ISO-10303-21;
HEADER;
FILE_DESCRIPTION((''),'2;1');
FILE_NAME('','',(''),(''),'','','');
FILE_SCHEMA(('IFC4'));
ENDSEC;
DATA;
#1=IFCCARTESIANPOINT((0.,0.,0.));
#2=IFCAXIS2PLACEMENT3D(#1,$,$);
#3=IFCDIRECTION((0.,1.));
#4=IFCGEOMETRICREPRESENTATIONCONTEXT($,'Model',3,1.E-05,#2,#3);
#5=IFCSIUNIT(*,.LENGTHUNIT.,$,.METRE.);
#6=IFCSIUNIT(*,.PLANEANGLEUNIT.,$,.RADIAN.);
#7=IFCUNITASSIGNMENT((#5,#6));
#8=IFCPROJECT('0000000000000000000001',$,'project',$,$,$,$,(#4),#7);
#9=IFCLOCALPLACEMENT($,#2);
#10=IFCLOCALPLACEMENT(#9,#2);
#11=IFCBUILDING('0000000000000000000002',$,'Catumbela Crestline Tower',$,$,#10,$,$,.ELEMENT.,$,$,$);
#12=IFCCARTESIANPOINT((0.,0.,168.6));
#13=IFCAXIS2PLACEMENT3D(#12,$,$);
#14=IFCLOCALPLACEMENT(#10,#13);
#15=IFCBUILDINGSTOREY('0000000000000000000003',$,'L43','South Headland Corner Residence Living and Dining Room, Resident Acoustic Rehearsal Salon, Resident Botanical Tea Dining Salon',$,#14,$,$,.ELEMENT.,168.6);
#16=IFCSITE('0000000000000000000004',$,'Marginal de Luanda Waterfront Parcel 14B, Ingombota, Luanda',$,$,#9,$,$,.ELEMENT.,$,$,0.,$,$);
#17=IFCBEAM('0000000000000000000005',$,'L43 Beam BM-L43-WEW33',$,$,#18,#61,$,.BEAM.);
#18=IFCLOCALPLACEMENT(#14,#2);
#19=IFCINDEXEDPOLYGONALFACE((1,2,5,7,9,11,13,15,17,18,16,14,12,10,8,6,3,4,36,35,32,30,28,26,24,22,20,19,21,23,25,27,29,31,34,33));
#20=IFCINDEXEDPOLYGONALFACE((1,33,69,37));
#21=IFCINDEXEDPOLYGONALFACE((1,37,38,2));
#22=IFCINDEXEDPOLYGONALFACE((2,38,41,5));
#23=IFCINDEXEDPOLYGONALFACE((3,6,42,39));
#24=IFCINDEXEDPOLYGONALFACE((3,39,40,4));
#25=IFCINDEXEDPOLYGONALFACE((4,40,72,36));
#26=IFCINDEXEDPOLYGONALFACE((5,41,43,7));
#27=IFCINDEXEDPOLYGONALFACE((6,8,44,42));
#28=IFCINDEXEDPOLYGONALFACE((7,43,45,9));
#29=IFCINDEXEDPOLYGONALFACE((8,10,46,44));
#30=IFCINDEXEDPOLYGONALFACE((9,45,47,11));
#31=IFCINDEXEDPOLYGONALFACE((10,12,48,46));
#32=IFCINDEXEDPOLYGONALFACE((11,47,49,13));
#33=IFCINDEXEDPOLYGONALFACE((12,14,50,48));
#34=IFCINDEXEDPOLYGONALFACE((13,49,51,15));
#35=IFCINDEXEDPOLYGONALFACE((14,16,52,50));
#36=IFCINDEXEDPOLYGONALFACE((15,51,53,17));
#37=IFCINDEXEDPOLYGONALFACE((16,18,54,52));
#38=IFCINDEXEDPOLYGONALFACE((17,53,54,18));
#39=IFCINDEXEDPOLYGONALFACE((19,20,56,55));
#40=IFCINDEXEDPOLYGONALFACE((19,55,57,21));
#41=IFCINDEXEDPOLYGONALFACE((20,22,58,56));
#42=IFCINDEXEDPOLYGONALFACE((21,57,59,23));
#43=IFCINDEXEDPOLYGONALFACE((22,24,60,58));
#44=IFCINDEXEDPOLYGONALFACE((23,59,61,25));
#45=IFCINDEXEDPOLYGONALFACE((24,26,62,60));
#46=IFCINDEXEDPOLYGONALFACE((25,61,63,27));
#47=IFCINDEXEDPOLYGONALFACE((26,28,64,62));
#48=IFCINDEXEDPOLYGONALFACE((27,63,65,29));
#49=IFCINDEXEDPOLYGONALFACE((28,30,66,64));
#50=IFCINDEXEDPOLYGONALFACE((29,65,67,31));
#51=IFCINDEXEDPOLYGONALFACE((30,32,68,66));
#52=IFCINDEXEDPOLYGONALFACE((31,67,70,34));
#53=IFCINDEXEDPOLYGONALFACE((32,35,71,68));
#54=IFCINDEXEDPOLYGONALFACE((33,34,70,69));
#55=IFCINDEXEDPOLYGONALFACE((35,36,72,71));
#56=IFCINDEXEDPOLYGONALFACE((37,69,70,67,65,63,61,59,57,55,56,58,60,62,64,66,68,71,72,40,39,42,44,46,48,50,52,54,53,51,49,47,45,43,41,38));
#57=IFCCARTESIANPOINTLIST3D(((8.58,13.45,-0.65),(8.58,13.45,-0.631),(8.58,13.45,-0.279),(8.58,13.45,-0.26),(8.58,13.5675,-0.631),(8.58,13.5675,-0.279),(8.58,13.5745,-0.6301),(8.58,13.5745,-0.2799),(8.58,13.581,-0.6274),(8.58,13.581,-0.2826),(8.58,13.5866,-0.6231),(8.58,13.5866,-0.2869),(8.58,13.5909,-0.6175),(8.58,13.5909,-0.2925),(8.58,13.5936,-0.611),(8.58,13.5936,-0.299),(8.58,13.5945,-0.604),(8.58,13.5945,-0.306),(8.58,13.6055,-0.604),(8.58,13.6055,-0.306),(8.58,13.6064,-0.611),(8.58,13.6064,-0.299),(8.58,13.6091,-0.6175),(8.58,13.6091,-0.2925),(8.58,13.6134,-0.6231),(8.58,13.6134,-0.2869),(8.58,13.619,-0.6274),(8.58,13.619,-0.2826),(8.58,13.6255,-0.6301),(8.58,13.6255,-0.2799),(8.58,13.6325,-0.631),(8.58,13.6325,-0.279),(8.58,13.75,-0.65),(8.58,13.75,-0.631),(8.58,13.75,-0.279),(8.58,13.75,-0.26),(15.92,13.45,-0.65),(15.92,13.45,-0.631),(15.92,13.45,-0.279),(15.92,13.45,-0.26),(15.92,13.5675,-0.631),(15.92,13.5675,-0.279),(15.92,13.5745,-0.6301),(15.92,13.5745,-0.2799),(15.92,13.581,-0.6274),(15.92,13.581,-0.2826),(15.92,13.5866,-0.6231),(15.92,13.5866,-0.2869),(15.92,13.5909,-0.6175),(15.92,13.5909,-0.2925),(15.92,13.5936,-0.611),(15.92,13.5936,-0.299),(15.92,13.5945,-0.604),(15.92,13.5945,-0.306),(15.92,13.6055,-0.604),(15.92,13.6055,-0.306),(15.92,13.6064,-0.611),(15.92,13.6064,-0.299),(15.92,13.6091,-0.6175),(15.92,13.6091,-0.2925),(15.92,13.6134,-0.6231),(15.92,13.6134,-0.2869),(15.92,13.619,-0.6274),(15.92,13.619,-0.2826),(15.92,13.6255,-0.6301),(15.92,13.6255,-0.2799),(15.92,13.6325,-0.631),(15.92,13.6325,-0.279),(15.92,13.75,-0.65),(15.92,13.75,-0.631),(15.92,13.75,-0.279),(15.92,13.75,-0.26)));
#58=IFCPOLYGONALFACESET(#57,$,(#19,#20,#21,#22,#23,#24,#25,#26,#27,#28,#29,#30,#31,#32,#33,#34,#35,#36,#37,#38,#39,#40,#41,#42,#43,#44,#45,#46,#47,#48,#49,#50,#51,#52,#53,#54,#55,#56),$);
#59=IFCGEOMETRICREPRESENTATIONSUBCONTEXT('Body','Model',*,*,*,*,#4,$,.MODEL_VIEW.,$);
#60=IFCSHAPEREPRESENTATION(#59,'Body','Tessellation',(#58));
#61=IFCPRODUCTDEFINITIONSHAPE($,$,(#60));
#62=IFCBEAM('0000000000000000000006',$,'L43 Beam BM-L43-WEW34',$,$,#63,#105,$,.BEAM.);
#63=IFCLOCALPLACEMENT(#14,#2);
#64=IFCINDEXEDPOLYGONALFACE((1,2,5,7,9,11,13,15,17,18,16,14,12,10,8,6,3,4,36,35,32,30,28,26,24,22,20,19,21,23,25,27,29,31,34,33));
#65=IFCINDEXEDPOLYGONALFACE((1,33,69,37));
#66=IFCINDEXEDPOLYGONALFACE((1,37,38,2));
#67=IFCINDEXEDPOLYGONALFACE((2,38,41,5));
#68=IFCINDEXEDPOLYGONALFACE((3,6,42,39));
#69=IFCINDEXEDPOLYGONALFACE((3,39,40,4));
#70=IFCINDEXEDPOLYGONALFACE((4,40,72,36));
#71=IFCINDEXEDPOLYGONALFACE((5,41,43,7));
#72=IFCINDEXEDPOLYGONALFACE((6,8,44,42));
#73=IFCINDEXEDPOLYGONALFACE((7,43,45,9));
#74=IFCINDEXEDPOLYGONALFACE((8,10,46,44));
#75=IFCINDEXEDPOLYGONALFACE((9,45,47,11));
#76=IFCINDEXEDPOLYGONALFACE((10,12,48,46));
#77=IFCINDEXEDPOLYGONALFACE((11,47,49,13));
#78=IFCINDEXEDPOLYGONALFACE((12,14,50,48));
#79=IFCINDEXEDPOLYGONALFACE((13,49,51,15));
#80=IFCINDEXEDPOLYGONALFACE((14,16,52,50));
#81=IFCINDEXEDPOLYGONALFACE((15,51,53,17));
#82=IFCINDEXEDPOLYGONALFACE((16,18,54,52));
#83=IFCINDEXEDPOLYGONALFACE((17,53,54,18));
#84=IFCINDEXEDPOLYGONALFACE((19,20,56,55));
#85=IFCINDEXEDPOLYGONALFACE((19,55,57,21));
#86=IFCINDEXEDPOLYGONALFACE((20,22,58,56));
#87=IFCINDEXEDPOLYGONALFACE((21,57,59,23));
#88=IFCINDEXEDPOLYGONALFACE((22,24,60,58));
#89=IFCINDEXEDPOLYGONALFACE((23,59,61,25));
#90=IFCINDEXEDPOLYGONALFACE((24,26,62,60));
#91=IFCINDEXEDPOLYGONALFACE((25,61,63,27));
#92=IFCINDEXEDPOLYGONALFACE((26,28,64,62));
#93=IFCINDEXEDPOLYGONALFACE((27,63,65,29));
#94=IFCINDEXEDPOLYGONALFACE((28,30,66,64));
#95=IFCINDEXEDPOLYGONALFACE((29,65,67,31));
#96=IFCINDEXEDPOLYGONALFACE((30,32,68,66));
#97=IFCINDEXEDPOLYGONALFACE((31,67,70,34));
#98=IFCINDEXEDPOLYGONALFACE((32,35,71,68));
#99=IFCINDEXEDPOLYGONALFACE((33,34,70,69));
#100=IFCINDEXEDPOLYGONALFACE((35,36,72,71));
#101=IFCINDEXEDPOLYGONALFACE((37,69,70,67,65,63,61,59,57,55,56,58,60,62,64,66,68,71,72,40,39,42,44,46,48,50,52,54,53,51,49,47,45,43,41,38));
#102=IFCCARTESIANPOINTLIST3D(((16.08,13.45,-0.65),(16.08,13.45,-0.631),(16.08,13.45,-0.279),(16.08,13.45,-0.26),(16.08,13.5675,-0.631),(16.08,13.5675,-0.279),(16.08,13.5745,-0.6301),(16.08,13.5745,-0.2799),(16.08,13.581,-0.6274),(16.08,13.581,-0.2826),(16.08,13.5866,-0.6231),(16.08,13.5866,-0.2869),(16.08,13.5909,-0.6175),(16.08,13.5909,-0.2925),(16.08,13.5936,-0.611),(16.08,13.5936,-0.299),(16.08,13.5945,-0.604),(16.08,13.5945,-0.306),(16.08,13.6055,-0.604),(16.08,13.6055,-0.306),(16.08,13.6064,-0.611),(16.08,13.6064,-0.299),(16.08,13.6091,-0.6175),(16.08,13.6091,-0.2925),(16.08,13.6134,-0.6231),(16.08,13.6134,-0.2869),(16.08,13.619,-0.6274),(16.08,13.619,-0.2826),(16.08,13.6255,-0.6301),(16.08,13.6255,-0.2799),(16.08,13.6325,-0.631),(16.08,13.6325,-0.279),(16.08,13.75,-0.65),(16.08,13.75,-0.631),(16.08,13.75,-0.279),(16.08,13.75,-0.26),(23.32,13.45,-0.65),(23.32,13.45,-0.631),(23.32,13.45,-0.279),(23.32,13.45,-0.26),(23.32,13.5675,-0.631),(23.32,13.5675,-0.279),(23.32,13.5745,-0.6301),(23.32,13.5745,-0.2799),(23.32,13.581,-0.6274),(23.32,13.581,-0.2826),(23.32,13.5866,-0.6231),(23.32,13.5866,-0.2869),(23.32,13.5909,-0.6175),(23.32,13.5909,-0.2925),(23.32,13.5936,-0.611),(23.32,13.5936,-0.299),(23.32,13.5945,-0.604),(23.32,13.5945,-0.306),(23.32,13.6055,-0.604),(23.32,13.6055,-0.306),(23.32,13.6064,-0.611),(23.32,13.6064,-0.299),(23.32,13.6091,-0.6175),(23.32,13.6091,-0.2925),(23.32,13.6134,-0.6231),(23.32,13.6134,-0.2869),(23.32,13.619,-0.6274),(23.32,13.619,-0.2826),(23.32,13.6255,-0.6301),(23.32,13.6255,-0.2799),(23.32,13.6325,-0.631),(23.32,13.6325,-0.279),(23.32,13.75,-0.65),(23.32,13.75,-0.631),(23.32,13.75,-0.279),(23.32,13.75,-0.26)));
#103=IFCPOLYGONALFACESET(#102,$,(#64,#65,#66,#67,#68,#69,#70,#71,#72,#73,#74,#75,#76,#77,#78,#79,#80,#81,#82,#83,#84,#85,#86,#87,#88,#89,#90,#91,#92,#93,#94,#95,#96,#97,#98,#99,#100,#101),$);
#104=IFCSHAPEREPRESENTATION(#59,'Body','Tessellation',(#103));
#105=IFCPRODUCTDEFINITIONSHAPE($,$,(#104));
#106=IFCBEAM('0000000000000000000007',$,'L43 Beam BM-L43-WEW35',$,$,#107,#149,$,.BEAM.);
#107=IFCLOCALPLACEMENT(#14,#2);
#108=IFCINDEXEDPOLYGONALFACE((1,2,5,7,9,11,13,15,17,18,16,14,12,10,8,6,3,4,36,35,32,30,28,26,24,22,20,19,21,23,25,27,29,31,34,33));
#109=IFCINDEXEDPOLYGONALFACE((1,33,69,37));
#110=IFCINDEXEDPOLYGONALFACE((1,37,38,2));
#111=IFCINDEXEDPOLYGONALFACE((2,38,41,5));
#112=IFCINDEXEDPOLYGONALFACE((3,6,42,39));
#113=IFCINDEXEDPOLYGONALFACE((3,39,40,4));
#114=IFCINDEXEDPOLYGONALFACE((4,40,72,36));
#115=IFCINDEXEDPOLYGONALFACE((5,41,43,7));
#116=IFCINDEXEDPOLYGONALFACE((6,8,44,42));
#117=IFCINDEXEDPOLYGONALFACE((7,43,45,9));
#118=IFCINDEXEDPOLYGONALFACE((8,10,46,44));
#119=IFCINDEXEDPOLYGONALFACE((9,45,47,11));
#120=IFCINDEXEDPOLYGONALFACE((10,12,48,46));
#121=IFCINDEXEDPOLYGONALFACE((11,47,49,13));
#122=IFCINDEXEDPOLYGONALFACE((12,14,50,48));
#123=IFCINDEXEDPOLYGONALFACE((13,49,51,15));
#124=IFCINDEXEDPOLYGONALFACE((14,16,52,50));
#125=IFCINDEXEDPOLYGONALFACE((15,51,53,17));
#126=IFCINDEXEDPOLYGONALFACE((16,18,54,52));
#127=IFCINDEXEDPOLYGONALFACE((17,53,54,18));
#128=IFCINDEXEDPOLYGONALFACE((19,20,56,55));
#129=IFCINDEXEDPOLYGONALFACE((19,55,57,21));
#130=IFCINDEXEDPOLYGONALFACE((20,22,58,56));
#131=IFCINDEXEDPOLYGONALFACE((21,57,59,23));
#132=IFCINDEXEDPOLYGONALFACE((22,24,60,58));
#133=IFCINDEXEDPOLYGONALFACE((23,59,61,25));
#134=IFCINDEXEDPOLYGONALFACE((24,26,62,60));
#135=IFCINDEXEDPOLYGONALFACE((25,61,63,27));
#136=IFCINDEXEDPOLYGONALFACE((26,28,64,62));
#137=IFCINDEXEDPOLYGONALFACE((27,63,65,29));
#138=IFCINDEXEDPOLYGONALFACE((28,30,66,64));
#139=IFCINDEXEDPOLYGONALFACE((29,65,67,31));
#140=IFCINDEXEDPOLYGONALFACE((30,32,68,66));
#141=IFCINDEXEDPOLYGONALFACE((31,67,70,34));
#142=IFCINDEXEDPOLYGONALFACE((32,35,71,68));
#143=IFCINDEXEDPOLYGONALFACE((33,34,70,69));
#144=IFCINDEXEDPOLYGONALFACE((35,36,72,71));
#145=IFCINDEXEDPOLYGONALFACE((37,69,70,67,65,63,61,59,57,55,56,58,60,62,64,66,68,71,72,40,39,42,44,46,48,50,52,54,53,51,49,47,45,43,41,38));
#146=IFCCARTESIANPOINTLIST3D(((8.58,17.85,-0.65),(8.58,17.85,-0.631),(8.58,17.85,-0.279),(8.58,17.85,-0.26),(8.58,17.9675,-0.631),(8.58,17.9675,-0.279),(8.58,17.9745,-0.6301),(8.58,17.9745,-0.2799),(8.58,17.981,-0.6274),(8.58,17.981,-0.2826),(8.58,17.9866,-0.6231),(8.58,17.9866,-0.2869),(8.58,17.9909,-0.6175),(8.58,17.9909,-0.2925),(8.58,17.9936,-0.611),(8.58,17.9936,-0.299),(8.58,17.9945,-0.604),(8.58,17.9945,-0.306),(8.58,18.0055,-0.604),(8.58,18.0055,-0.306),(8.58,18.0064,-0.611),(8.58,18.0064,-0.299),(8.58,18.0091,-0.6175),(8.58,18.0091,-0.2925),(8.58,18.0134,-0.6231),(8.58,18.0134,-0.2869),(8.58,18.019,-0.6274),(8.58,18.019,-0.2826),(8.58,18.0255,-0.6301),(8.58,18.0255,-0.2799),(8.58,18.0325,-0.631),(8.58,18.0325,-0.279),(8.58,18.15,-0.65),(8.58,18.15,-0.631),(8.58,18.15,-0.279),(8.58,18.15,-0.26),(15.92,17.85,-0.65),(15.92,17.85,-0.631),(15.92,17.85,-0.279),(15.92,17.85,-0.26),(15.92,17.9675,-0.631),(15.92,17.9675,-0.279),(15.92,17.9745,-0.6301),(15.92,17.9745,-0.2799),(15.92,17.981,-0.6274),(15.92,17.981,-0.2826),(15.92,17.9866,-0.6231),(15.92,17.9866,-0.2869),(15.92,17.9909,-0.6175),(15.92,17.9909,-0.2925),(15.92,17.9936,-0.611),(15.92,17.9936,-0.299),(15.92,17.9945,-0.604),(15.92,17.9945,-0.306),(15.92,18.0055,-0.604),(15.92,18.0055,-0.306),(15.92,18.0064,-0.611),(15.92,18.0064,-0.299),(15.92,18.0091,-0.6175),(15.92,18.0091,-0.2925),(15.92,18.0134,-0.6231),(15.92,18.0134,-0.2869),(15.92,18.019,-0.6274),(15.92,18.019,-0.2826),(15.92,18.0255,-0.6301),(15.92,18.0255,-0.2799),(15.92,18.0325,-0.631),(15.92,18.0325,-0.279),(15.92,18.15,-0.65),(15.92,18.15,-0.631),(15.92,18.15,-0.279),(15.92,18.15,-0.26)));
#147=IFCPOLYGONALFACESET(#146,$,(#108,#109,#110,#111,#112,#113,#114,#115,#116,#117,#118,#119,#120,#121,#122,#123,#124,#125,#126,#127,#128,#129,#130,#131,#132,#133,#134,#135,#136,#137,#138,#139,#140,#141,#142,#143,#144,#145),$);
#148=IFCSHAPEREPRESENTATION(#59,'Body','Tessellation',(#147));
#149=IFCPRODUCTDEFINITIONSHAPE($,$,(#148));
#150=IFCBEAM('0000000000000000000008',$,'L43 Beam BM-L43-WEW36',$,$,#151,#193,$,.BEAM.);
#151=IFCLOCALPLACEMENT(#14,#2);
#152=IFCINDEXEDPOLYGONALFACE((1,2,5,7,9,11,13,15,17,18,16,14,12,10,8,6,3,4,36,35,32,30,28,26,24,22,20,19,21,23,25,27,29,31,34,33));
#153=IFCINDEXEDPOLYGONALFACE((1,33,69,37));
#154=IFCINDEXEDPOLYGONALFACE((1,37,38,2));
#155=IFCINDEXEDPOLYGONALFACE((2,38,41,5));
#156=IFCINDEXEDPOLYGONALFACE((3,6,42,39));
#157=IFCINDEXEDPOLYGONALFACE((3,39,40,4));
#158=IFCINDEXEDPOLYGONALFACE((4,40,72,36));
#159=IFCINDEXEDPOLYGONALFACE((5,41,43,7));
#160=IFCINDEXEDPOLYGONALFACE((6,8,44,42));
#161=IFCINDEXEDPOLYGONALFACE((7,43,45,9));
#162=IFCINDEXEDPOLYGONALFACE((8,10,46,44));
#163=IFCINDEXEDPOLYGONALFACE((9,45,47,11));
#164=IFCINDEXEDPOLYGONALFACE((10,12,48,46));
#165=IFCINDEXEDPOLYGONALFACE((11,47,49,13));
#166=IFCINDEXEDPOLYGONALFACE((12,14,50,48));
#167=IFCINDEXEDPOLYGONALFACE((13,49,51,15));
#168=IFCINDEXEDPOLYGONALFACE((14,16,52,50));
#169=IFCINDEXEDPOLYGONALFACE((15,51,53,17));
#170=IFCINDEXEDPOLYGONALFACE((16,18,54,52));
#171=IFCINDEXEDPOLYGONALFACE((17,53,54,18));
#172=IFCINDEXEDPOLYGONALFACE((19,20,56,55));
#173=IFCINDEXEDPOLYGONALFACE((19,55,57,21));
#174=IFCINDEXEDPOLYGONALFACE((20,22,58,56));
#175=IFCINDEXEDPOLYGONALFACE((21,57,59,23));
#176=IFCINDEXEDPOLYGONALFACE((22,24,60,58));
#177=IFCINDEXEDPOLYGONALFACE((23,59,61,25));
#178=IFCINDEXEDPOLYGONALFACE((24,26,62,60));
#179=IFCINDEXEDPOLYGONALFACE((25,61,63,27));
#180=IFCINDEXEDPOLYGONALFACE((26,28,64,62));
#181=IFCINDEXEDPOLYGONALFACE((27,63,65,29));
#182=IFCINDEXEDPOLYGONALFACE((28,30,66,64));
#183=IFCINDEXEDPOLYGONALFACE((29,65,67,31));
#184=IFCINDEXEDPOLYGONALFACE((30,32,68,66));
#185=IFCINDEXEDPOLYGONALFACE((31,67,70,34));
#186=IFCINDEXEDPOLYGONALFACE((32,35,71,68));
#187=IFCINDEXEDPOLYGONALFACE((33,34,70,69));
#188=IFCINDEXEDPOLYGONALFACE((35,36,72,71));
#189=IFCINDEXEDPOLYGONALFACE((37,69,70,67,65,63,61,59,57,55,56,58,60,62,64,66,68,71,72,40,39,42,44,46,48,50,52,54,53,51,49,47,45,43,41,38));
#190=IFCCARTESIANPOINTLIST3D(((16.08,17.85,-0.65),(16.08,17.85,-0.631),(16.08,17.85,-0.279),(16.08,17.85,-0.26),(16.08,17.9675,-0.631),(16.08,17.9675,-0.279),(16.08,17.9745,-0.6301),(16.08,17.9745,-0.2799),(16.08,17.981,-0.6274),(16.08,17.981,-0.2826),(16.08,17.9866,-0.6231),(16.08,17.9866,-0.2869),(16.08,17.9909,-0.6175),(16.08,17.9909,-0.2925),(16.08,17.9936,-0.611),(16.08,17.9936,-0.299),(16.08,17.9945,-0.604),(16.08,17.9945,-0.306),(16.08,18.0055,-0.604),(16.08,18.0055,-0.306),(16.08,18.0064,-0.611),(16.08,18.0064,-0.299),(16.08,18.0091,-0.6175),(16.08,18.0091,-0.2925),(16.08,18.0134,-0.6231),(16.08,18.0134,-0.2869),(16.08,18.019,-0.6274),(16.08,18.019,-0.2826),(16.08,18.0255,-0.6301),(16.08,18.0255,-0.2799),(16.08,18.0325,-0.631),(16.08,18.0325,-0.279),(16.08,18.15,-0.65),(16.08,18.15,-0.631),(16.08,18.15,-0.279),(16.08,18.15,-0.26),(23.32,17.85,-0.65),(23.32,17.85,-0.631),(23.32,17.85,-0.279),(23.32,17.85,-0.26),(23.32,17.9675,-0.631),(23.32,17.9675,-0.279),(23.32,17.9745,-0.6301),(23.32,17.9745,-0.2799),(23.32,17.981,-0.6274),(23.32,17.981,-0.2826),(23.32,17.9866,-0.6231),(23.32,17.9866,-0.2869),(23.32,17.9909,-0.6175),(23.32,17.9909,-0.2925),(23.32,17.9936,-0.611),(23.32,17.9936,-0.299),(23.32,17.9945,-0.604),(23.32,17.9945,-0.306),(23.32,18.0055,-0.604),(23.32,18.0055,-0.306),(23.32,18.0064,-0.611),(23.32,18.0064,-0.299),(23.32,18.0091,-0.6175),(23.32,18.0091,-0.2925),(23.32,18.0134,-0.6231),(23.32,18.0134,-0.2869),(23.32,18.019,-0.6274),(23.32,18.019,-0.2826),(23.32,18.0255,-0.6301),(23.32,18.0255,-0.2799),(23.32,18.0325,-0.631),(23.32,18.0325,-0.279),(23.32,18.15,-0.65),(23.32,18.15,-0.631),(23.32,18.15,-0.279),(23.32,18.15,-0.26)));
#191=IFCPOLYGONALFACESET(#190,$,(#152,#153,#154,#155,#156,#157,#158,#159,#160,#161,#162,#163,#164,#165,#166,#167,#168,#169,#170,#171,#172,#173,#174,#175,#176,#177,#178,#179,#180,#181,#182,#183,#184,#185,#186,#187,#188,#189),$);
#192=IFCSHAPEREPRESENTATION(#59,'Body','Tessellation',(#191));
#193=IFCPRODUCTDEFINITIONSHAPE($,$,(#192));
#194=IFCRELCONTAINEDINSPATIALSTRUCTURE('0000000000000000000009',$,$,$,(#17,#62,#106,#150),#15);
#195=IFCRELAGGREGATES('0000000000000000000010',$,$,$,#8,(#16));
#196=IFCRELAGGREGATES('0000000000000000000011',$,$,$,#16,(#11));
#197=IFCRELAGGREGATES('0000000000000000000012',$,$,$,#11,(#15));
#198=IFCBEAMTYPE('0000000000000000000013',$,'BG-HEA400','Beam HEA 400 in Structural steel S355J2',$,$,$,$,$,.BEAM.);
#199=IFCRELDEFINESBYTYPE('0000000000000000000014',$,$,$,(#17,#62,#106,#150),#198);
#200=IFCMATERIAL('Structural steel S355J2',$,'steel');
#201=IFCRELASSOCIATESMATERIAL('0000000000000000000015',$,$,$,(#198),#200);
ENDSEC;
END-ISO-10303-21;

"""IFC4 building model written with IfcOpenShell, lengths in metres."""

from ifc_helpers import new_model, si_unit, direction, frame, origin, origin_2d, place, context, subcontext, project, spatial, i_section, extrude, material, material_profile, profile_set, type_object, element, save


model = new_model("IFC4")

# Units and contexts
model_context = context("Model", 3, precision=1e-05, world=origin(), true_north=direction((0.0, 1.0)))
body_context = subcontext(model_context, "Body", "Model", "MODEL_VIEW")
ifc_project = project(units=[si_unit("LENGTHUNIT", "METRE"), si_unit("PLANEANGLEUNIT", "RADIAN")], contexts=[model_context])

# Site, building, storey
site_placement = place(None, origin())
site = spatial("IfcSite", under=ifc_project, at=site_placement, Name="Marginal de Luanda Waterfront Parcel 14B, Ingombota, Luanda", CompositionType="ELEMENT", RefElevation=0.0)
building_placement = place(site_placement, origin())
building = spatial("IfcBuilding", under=site, at=building_placement, Name="Catumbela Crestline Tower", CompositionType="ELEMENT")
storey_placement = place(building_placement, frame((0.0, 0.0, 168.6)))
storey = spatial("IfcBuildingStorey", under=building, at=storey_placement, Name="L43", Description="South Headland Corner Residence Living and Dining Room, Resident Acoustic Rehearsal Salon, Resident Botanical Tea Dining Salon", CompositionType="ELEMENT", Elevation=168.6)

# Shared definitions
ifc_material_1 = material(Name="Structural steel S355J2", Category="steel")

# Beams
ifc_material_profile_1 = material_profile(ifc_material_1, i_section(OverallWidth=0.3, OverallDepth=0.39, WebThickness=0.011, FlangeThickness=0.019, FilletRadius=0.027, at=origin_2d()), Name="HEA 400")
ifc_profile_set_1 = profile_set([ifc_material_profile_1], Name="Structural steel S355J2")
beam_type_1 = type_object("IfcBeamType", Name="BG-HEA400", Description="Beam HEA 400 in Structural steel S355J2", PredefinedType="BEAM", material=ifc_profile_set_1)
beam_1_placement = place(storey_placement, frame((8.58, 13.6, -0.455), z_axis=(1.0, 0.0, 0.0), x_axis=(0.0, 1.0, 0.0)))
element("IfcBeam", 1, at=beam_1_placement, inside=storey, type_object=beam_type_1, Name="L43 Beam BM-L43-WEW33", PredefinedType="BEAM", context=body_context, shape_type="SweptSolid", body=[
    extrude(i_section(OverallWidth=0.3, OverallDepth=0.39, WebThickness=0.011, FlangeThickness=0.019, FilletRadius=0.027, at=origin_2d()), origin(), (0.0, 0.0, 1.0), 7.34),
])
beam_2_placement = place(storey_placement, frame((16.08, 13.6, -0.455), z_axis=(1.0, 0.0, 0.0), x_axis=(0.0, 1.0, 0.0)))
element("IfcBeam", 2, at=beam_2_placement, inside=storey, type_object=beam_type_1, Name="L43 Beam BM-L43-WEW34", PredefinedType="BEAM", context=body_context, shape_type="SweptSolid", body=[
    extrude(i_section(OverallWidth=0.3, OverallDepth=0.39, WebThickness=0.011, FlangeThickness=0.019, FilletRadius=0.027, at=origin_2d()), origin(), (0.0, 0.0, 1.0), 7.24),
])
beam_3_placement = place(storey_placement, frame((8.58, 18.0, -0.455), z_axis=(1.0, 0.0, 0.0), x_axis=(0.0, 1.0, 0.0)))
element("IfcBeam", 3, at=beam_3_placement, inside=storey, type_object=beam_type_1, Name="L43 Beam BM-L43-WEW35", PredefinedType="BEAM", context=body_context, shape_type="SweptSolid", body=[
    extrude(i_section(OverallWidth=0.3, OverallDepth=0.39, WebThickness=0.011, FlangeThickness=0.019, FilletRadius=0.027, at=origin_2d()), origin(), (0.0, 0.0, 1.0), 7.34),
])
beam_4_placement = place(storey_placement, frame((16.08, 18.0, -0.455), z_axis=(1.0, 0.0, 0.0), x_axis=(0.0, 1.0, 0.0)))
element("IfcBeam", 4, at=beam_4_placement, inside=storey, type_object=beam_type_1, Name="L43 Beam BM-L43-WEW36", PredefinedType="BEAM", context=body_context, shape_type="SweptSolid", body=[
    extrude(i_section(OverallWidth=0.3, OverallDepth=0.39, WebThickness=0.011, FlangeThickness=0.019, FilletRadius=0.027, at=origin_2d()), origin(), (0.0, 0.0, 1.0), 7.24),
])

save(model, "model.ifc")
